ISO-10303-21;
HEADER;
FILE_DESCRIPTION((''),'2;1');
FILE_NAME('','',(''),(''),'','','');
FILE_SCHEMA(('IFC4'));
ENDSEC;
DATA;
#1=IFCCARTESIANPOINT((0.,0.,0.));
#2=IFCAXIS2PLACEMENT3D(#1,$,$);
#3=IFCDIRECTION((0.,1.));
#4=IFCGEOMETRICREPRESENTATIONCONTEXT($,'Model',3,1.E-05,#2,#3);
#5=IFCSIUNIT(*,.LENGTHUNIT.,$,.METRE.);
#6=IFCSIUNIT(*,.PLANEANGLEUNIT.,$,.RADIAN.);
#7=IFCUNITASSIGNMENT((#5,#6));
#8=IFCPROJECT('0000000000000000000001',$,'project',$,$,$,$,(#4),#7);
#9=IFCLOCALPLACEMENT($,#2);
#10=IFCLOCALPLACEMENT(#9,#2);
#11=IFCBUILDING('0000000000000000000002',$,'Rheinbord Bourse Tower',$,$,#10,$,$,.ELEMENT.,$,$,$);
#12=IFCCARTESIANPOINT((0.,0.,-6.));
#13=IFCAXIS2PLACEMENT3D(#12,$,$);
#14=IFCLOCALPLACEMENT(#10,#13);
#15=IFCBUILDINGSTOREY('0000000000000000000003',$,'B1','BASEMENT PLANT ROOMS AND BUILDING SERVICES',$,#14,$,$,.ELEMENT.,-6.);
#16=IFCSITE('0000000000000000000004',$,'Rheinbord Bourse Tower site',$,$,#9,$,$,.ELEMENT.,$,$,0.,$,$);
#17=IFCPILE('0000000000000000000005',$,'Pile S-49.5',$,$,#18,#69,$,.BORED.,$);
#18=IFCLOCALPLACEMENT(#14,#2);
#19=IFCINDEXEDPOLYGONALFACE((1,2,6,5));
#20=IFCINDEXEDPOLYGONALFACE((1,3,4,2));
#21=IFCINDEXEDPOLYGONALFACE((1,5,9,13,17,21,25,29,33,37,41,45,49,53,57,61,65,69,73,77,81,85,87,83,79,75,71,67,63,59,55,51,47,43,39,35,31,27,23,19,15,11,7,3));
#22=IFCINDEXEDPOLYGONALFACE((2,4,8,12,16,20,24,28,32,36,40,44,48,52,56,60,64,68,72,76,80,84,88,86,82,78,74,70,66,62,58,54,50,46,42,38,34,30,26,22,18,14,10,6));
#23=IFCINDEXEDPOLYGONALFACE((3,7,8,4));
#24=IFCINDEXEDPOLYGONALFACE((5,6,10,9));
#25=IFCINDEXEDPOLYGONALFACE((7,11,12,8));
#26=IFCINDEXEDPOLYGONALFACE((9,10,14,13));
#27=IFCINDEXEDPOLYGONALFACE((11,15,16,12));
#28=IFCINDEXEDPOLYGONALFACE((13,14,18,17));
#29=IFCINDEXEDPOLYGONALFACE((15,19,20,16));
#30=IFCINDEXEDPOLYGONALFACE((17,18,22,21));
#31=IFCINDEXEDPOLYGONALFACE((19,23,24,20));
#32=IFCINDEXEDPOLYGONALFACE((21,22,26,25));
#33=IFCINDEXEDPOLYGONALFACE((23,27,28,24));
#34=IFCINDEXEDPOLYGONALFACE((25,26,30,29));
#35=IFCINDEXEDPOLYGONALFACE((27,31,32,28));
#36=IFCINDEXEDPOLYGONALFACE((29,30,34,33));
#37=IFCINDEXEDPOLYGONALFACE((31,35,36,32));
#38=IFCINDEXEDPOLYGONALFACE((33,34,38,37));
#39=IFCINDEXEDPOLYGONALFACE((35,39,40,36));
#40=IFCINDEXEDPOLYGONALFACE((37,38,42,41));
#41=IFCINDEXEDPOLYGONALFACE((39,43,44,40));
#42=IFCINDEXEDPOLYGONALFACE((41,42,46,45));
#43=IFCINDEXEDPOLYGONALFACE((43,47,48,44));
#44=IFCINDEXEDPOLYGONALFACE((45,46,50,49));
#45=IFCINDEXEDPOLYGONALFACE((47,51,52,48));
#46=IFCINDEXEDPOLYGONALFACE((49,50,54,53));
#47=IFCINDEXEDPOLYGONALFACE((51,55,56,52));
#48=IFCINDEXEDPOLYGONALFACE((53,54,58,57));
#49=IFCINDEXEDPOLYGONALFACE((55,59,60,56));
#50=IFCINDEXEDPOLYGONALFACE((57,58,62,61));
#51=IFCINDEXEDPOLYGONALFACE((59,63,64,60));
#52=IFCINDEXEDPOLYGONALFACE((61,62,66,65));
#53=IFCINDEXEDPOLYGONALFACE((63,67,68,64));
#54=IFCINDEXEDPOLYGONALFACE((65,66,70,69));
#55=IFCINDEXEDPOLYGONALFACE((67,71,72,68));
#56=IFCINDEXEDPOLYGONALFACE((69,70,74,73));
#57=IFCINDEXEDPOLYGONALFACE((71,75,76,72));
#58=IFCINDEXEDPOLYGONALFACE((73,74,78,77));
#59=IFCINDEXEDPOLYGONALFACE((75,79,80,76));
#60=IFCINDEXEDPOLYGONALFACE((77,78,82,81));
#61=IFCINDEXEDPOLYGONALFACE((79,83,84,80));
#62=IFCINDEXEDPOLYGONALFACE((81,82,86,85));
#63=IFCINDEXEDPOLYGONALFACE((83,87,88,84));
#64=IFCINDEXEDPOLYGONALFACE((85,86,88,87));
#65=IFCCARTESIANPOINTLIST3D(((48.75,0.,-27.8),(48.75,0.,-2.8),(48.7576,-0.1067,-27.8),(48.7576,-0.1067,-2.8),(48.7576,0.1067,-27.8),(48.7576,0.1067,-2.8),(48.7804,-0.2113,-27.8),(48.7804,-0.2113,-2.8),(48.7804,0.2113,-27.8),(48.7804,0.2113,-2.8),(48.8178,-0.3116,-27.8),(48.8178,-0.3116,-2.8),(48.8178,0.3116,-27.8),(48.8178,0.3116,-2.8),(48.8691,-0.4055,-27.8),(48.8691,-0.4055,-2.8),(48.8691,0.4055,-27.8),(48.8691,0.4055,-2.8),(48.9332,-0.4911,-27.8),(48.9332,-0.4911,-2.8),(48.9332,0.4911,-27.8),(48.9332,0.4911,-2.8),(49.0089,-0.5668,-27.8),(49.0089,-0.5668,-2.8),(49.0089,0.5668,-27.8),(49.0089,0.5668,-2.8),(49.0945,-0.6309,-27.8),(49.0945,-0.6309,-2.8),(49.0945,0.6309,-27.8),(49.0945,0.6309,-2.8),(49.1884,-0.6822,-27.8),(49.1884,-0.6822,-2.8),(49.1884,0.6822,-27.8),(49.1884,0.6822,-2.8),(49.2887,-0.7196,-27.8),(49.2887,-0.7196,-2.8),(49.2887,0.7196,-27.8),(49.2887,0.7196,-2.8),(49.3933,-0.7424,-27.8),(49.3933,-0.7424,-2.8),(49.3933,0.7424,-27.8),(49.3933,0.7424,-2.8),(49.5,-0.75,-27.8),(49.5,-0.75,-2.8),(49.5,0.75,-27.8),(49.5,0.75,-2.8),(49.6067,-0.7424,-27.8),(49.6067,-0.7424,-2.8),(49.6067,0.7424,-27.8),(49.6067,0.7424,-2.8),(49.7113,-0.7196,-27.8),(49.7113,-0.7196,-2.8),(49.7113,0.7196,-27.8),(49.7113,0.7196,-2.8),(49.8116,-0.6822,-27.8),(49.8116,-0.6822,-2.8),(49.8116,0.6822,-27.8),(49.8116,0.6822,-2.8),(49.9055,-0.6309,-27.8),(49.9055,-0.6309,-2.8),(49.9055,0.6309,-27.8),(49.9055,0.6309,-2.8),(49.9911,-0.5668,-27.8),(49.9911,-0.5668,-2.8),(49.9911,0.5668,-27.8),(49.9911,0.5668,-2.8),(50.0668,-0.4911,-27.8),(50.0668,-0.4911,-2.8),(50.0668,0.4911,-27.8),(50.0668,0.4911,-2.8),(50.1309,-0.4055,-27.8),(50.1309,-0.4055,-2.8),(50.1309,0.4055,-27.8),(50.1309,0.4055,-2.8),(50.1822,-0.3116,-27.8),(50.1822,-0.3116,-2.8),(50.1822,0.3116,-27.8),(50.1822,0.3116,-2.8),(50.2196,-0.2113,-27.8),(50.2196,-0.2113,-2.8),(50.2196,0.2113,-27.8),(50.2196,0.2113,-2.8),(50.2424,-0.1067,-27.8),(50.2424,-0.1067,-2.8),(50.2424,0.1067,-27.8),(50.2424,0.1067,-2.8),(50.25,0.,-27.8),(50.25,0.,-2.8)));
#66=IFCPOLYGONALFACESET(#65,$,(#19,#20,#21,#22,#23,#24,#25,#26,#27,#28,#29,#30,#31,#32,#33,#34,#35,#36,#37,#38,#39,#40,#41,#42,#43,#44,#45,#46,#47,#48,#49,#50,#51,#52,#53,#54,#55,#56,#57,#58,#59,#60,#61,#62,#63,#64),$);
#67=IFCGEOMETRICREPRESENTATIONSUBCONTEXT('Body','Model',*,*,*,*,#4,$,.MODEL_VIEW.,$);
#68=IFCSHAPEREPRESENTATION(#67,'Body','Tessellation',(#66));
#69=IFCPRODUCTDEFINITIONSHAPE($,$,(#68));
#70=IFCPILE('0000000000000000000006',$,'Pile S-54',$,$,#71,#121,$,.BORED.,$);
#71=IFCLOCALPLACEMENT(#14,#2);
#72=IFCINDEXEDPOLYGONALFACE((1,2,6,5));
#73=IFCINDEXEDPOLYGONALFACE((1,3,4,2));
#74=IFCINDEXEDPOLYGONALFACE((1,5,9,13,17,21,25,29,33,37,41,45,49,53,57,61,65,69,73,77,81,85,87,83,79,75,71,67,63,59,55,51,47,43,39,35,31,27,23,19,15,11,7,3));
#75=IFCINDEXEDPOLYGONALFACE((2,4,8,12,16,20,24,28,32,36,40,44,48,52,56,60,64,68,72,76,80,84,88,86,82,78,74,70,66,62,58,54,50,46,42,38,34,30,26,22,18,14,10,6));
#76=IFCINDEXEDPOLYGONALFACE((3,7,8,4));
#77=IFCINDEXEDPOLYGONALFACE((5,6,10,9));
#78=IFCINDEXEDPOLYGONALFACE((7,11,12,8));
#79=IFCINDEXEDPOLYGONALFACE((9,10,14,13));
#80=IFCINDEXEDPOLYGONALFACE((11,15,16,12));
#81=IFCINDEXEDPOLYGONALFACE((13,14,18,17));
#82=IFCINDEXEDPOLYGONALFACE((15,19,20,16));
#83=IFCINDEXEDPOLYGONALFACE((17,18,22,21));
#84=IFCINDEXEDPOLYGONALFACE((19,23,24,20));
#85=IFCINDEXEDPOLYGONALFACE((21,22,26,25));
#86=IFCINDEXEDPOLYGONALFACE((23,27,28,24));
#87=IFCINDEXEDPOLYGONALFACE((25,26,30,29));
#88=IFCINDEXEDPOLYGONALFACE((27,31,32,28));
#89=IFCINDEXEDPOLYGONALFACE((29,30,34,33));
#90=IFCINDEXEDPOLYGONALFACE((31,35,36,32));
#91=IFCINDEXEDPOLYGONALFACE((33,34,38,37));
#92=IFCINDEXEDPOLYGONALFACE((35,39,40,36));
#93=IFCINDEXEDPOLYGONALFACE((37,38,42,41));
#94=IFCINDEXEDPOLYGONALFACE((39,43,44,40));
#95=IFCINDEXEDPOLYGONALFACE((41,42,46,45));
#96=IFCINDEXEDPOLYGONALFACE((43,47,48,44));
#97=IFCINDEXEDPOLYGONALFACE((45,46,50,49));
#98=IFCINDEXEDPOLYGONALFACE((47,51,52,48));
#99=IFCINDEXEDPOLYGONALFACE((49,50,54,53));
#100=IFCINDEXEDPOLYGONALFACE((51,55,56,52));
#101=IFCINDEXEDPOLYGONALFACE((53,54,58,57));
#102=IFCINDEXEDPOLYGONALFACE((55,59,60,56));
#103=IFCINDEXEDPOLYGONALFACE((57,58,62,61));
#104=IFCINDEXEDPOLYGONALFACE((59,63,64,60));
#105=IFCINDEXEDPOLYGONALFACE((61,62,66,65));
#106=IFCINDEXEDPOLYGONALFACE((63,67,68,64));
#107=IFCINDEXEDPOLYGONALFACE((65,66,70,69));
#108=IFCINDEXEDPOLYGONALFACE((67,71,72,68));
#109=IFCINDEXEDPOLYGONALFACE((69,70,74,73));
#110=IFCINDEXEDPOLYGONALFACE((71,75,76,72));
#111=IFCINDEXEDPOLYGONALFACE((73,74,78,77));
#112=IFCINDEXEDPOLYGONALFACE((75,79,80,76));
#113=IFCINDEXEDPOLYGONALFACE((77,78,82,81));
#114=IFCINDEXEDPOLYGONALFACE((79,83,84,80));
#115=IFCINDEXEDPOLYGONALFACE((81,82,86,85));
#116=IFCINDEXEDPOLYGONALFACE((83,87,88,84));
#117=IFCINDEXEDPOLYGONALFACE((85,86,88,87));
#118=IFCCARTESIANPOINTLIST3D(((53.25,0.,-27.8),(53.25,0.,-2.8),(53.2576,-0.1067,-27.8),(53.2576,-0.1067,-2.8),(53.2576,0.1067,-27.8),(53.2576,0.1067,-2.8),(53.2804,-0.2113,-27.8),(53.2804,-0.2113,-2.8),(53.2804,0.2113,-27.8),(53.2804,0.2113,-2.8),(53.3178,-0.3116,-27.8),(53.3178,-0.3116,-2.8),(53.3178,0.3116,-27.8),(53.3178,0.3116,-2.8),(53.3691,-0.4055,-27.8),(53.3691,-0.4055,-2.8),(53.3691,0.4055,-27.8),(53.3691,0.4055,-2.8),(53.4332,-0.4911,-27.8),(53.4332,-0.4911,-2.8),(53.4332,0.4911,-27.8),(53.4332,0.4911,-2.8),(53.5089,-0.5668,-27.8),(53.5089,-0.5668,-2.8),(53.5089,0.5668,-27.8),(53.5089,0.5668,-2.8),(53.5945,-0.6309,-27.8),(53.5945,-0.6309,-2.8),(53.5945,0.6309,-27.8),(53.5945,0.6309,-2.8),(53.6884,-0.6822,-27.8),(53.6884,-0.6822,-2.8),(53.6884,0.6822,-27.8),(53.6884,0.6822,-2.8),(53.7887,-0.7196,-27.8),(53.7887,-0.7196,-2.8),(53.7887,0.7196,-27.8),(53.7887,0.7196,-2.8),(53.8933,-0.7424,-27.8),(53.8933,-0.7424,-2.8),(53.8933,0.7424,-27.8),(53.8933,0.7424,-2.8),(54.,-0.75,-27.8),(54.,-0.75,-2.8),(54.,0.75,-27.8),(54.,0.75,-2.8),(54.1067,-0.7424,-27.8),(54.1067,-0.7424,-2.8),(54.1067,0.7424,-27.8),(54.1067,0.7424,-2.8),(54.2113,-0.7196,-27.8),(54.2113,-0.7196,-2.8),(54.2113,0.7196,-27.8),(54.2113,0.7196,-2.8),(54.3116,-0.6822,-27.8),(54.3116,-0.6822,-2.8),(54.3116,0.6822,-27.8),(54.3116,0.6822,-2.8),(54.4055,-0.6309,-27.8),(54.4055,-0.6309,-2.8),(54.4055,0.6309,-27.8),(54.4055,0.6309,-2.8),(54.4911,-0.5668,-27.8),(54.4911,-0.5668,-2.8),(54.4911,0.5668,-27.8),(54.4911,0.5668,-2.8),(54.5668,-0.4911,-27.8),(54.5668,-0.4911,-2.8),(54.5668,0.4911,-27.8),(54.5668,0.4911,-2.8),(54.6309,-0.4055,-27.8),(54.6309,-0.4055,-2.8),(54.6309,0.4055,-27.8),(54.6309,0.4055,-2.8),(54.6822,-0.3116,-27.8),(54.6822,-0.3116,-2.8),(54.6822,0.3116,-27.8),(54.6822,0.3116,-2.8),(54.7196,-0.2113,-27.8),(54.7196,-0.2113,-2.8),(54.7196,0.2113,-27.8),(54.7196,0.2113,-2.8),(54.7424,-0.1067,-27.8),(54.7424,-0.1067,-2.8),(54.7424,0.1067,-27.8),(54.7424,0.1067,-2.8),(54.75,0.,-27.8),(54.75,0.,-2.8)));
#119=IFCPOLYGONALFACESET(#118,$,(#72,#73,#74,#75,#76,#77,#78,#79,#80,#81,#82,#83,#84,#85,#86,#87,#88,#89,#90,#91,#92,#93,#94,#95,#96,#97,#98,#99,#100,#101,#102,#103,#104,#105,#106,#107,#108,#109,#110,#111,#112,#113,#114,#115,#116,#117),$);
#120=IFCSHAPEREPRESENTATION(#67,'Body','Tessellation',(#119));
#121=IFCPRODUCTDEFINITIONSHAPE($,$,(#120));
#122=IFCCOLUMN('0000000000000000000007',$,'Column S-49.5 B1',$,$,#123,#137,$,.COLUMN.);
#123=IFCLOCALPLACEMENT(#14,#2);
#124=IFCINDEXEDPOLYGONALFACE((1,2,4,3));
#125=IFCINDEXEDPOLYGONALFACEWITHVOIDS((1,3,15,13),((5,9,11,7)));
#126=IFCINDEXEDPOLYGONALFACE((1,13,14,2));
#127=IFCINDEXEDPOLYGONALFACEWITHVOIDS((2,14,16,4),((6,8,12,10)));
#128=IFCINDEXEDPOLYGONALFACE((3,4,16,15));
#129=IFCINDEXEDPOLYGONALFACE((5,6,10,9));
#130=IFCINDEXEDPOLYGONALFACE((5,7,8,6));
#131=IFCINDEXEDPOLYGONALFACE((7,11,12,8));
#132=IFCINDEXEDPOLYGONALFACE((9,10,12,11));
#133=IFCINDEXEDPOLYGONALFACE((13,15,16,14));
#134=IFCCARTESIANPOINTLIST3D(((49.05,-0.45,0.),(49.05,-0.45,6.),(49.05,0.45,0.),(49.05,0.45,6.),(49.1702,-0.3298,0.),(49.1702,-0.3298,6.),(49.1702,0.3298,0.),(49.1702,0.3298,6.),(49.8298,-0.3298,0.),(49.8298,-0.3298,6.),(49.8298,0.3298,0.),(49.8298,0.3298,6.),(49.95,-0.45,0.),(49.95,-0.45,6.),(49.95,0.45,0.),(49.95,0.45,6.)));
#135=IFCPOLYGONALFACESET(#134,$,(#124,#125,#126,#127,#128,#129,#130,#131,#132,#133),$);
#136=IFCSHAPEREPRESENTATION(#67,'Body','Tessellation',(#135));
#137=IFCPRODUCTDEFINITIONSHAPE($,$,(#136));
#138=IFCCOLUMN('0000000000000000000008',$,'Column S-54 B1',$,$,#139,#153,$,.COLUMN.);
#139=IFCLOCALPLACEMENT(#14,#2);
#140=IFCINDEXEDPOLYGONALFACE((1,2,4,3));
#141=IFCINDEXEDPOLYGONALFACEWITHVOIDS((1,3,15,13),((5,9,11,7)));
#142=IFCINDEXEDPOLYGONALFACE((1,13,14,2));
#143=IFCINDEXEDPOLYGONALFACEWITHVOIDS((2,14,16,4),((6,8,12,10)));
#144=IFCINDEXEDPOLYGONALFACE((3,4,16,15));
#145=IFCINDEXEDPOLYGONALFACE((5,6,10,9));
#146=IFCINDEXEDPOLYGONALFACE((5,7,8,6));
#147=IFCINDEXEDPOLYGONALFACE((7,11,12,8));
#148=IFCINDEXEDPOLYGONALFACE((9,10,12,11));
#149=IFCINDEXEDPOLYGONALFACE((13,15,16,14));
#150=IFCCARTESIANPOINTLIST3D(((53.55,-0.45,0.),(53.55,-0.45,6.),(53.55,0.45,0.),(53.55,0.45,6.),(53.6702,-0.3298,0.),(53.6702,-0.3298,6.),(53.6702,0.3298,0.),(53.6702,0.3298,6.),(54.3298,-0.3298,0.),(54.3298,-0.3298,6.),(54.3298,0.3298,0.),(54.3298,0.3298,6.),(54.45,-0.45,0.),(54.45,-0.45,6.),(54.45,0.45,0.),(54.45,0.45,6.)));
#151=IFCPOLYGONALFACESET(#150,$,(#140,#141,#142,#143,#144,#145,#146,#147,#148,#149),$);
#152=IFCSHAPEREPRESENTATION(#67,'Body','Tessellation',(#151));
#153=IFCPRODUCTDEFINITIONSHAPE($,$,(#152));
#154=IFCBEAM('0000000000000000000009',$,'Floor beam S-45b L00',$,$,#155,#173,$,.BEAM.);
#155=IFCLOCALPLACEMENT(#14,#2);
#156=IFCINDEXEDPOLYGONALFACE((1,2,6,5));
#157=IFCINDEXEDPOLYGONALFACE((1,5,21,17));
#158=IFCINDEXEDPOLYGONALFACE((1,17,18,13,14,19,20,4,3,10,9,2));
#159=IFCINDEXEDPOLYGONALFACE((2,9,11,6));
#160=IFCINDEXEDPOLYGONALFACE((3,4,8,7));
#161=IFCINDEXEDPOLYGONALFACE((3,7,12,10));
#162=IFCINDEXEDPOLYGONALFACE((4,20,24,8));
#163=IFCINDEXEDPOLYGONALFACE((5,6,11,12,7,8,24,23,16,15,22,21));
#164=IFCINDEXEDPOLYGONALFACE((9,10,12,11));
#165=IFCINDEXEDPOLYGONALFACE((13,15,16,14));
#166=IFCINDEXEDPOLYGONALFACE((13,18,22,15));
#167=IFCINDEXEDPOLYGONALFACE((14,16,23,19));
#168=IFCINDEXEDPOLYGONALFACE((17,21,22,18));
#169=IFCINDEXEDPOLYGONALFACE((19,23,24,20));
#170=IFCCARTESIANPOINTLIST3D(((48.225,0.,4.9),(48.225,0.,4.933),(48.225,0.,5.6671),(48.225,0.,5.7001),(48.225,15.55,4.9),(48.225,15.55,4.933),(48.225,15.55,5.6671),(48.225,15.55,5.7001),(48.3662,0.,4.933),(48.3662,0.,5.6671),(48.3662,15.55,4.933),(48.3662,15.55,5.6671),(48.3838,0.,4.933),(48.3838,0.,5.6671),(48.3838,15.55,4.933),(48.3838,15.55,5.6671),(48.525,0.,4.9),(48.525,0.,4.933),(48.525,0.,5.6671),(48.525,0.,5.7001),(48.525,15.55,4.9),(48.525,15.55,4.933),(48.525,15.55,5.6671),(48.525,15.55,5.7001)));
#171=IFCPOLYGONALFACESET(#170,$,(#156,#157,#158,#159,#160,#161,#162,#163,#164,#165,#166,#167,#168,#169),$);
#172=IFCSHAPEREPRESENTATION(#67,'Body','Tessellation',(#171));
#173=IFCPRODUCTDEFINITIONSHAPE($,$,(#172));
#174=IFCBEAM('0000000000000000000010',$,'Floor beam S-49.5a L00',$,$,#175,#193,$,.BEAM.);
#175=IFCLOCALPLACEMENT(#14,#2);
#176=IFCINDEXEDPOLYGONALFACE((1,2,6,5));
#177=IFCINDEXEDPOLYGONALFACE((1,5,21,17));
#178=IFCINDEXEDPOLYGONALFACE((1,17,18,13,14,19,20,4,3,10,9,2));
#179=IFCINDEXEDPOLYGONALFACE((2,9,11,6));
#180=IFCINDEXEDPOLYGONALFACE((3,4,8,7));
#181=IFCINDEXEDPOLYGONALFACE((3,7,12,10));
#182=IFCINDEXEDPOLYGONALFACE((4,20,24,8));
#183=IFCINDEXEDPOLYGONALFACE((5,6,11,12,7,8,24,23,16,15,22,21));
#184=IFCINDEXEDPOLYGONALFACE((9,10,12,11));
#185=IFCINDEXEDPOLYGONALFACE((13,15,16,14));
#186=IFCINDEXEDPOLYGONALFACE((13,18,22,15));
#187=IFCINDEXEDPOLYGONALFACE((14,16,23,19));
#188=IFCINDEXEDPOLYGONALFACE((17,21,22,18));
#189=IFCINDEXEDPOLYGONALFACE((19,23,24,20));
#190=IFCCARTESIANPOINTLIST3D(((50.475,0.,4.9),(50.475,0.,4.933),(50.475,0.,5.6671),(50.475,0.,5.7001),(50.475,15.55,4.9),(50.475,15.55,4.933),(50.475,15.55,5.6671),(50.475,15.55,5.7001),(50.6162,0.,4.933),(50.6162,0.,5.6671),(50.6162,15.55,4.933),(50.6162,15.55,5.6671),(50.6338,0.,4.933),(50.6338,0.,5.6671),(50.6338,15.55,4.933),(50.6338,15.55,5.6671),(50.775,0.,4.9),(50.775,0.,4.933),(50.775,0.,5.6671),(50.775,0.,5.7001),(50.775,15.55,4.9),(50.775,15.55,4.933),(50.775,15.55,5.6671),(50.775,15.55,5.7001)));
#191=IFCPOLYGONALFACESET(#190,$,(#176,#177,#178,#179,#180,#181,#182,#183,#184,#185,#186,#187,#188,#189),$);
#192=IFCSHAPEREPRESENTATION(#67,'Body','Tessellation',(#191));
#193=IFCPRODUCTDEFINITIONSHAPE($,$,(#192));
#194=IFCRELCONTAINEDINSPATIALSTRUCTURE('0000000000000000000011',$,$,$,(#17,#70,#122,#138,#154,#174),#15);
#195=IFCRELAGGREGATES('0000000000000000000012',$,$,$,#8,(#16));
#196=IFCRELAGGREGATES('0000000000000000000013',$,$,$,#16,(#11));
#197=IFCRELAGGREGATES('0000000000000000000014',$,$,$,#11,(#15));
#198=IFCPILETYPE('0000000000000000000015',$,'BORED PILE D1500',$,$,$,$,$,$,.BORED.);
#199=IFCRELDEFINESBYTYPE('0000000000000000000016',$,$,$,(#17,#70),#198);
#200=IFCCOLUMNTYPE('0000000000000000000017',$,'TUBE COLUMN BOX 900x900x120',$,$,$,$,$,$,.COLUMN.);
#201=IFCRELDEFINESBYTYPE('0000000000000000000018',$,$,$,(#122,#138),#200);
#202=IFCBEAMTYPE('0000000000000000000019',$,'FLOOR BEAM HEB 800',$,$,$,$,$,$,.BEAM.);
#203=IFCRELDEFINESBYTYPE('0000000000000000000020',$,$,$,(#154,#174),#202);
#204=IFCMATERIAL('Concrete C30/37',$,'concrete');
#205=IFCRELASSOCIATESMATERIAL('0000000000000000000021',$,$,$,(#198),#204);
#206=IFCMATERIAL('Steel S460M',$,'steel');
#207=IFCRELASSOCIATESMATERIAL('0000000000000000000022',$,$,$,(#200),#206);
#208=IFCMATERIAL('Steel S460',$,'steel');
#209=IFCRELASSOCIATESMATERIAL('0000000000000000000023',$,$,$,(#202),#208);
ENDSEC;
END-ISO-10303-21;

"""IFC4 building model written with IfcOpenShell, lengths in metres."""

from ifc_helpers import new_model, si_unit, direction, frame, origin, origin_2d, place, context, subcontext, project, spatial, hollow_rectangle, circle, i_section, extrude, material, material_profile, profile_set, type_object, element, save


model = new_model("IFC4")

# Units and contexts
model_context = context("Model", 3, precision=1e-05, world=origin(), true_north=direction((0.0, 1.0)))
body_context = subcontext(model_context, "Body", "Model", "MODEL_VIEW")
ifc_project = project(units=[si_unit("LENGTHUNIT", "METRE"), si_unit("PLANEANGLEUNIT", "RADIAN")], contexts=[model_context])

# Site, building, storey
site_placement = place(None, origin())
site = spatial("IfcSite", under=ifc_project, at=site_placement, Name="Rheinbord Bourse Tower site", CompositionType="ELEMENT", RefElevation=0.0)
building_placement = place(site_placement, origin())
building = spatial("IfcBuilding", under=site, at=building_placement, Name="Rheinbord Bourse Tower", CompositionType="ELEMENT")
storey_placement = place(building_placement, frame((0.0, 0.0, -6.0)))
storey = spatial("IfcBuildingStorey", under=building, at=storey_placement, Name="B1", Description="BASEMENT PLANT ROOMS AND BUILDING SERVICES", CompositionType="ELEMENT", Elevation=-6.0)

# Piles
ifc_material_1 = material(Name="Concrete C30/37", Category="concrete")
ifc_material_profile_1 = material_profile(ifc_material_1, circle(Radius=0.75, at=origin_2d()), Name="D1500")
ifc_profile_set_1 = profile_set([ifc_material_profile_1], Name="Concrete C30/37")
pile_type = type_object("IfcPileType", Name="BORED PILE D1500", PredefinedType="BORED", material=ifc_profile_set_1)
for number, where, z_axis, x_axis, name in (
    (1, (49.5, 0.0, -2.8), (0.0, 0.0, -1.0), (1.0, 0.0, 0.0), "Pile S-49.5"),
    (2, (54.0, 0.0, -2.8), (0.0, 0.0, -1.0), (1.0, 0.0, 0.0), "Pile S-54"),
):
    element("IfcPile", number, at=place(storey_placement, frame(where, z_axis=z_axis, x_axis=x_axis)), inside=storey, type_object=pile_type, Name=name, PredefinedType="BORED", context=body_context, shape_type="SweptSolid", body=[
        extrude(circle(Radius=0.75, at=origin_2d()), origin(), (0.0, 0.0, 1.0), 25.0),
    ])

# Columns
ifc_material_2 = material(Name="Steel S460M", Category="steel")
ifc_material_profile_2 = material_profile(ifc_material_2, hollow_rectangle(XDim=0.8999, YDim=0.8999, WallThickness=0.1201, at=origin_2d()), Name="BOX 900x900x120")
ifc_profile_set_2 = profile_set([ifc_material_profile_2], Name="Steel S460M")
column_type = type_object("IfcColumnType", Name="TUBE COLUMN BOX 900x900x120", PredefinedType="COLUMN", material=ifc_profile_set_2)
for number, where, z_axis, x_axis, name in (
    (3, (49.5, 0.0, 0.0), (0.0, 0.0, 1.0), (0.0, 1.0, 0.0), "Column S-49.5 B1"),
    (4, (54.0, 0.0, 0.0), (0.0, 0.0, 1.0), (0.0, 1.0, 0.0), "Column S-54 B1"),
):
    element("IfcColumn", number, at=place(storey_placement, frame(where, z_axis=z_axis, x_axis=x_axis)), inside=storey, type_object=column_type, Name=name, PredefinedType="COLUMN", context=body_context, shape_type="SweptSolid", body=[
        extrude(hollow_rectangle(XDim=0.8999, YDim=0.8999, WallThickness=0.1201, at=origin_2d()), origin(), (0.0, 0.0, 1.0), 6.0),
    ])

# Beams
ifc_material_3 = material(Name="Steel S460", Category="steel")
ifc_material_profile_3 = material_profile(ifc_material_3, i_section(OverallWidth=0.3, OverallDepth=0.8, WebThickness=0.0176, FlangeThickness=0.033, at=origin_2d()), Name="HEB 800")
ifc_profile_set_3 = profile_set([ifc_material_profile_3], Name="Steel S460")
beam_type_1 = type_object("IfcBeamType", Name="FLOOR BEAM HEB 800", PredefinedType="BEAM", material=ifc_profile_set_3)
for number, where, z_axis, x_axis, name in (
    (5, (48.375, 0.0, 5.3), (0.0, 1.0, 0.0), (-1.0, 0.0, 0.0), "Floor beam S-45b L00"),
    (6, (50.625, 0.0, 5.3), (0.0, 1.0, 0.0), (-1.0, 0.0, 0.0), "Floor beam S-49.5a L00"),
):
    element("IfcBeam", number, at=place(storey_placement, frame(where, z_axis=z_axis, x_axis=x_axis)), inside=storey, type_object=beam_type_1, Name=name, PredefinedType="BEAM", context=body_context, shape_type="SweptSolid", body=[
        extrude(i_section(OverallWidth=0.3, OverallDepth=0.8, WebThickness=0.0176, FlangeThickness=0.033, at=origin_2d()), origin(), (0.0, 0.0, 1.0), 15.55),
    ])

save(model, "model.ifc")
